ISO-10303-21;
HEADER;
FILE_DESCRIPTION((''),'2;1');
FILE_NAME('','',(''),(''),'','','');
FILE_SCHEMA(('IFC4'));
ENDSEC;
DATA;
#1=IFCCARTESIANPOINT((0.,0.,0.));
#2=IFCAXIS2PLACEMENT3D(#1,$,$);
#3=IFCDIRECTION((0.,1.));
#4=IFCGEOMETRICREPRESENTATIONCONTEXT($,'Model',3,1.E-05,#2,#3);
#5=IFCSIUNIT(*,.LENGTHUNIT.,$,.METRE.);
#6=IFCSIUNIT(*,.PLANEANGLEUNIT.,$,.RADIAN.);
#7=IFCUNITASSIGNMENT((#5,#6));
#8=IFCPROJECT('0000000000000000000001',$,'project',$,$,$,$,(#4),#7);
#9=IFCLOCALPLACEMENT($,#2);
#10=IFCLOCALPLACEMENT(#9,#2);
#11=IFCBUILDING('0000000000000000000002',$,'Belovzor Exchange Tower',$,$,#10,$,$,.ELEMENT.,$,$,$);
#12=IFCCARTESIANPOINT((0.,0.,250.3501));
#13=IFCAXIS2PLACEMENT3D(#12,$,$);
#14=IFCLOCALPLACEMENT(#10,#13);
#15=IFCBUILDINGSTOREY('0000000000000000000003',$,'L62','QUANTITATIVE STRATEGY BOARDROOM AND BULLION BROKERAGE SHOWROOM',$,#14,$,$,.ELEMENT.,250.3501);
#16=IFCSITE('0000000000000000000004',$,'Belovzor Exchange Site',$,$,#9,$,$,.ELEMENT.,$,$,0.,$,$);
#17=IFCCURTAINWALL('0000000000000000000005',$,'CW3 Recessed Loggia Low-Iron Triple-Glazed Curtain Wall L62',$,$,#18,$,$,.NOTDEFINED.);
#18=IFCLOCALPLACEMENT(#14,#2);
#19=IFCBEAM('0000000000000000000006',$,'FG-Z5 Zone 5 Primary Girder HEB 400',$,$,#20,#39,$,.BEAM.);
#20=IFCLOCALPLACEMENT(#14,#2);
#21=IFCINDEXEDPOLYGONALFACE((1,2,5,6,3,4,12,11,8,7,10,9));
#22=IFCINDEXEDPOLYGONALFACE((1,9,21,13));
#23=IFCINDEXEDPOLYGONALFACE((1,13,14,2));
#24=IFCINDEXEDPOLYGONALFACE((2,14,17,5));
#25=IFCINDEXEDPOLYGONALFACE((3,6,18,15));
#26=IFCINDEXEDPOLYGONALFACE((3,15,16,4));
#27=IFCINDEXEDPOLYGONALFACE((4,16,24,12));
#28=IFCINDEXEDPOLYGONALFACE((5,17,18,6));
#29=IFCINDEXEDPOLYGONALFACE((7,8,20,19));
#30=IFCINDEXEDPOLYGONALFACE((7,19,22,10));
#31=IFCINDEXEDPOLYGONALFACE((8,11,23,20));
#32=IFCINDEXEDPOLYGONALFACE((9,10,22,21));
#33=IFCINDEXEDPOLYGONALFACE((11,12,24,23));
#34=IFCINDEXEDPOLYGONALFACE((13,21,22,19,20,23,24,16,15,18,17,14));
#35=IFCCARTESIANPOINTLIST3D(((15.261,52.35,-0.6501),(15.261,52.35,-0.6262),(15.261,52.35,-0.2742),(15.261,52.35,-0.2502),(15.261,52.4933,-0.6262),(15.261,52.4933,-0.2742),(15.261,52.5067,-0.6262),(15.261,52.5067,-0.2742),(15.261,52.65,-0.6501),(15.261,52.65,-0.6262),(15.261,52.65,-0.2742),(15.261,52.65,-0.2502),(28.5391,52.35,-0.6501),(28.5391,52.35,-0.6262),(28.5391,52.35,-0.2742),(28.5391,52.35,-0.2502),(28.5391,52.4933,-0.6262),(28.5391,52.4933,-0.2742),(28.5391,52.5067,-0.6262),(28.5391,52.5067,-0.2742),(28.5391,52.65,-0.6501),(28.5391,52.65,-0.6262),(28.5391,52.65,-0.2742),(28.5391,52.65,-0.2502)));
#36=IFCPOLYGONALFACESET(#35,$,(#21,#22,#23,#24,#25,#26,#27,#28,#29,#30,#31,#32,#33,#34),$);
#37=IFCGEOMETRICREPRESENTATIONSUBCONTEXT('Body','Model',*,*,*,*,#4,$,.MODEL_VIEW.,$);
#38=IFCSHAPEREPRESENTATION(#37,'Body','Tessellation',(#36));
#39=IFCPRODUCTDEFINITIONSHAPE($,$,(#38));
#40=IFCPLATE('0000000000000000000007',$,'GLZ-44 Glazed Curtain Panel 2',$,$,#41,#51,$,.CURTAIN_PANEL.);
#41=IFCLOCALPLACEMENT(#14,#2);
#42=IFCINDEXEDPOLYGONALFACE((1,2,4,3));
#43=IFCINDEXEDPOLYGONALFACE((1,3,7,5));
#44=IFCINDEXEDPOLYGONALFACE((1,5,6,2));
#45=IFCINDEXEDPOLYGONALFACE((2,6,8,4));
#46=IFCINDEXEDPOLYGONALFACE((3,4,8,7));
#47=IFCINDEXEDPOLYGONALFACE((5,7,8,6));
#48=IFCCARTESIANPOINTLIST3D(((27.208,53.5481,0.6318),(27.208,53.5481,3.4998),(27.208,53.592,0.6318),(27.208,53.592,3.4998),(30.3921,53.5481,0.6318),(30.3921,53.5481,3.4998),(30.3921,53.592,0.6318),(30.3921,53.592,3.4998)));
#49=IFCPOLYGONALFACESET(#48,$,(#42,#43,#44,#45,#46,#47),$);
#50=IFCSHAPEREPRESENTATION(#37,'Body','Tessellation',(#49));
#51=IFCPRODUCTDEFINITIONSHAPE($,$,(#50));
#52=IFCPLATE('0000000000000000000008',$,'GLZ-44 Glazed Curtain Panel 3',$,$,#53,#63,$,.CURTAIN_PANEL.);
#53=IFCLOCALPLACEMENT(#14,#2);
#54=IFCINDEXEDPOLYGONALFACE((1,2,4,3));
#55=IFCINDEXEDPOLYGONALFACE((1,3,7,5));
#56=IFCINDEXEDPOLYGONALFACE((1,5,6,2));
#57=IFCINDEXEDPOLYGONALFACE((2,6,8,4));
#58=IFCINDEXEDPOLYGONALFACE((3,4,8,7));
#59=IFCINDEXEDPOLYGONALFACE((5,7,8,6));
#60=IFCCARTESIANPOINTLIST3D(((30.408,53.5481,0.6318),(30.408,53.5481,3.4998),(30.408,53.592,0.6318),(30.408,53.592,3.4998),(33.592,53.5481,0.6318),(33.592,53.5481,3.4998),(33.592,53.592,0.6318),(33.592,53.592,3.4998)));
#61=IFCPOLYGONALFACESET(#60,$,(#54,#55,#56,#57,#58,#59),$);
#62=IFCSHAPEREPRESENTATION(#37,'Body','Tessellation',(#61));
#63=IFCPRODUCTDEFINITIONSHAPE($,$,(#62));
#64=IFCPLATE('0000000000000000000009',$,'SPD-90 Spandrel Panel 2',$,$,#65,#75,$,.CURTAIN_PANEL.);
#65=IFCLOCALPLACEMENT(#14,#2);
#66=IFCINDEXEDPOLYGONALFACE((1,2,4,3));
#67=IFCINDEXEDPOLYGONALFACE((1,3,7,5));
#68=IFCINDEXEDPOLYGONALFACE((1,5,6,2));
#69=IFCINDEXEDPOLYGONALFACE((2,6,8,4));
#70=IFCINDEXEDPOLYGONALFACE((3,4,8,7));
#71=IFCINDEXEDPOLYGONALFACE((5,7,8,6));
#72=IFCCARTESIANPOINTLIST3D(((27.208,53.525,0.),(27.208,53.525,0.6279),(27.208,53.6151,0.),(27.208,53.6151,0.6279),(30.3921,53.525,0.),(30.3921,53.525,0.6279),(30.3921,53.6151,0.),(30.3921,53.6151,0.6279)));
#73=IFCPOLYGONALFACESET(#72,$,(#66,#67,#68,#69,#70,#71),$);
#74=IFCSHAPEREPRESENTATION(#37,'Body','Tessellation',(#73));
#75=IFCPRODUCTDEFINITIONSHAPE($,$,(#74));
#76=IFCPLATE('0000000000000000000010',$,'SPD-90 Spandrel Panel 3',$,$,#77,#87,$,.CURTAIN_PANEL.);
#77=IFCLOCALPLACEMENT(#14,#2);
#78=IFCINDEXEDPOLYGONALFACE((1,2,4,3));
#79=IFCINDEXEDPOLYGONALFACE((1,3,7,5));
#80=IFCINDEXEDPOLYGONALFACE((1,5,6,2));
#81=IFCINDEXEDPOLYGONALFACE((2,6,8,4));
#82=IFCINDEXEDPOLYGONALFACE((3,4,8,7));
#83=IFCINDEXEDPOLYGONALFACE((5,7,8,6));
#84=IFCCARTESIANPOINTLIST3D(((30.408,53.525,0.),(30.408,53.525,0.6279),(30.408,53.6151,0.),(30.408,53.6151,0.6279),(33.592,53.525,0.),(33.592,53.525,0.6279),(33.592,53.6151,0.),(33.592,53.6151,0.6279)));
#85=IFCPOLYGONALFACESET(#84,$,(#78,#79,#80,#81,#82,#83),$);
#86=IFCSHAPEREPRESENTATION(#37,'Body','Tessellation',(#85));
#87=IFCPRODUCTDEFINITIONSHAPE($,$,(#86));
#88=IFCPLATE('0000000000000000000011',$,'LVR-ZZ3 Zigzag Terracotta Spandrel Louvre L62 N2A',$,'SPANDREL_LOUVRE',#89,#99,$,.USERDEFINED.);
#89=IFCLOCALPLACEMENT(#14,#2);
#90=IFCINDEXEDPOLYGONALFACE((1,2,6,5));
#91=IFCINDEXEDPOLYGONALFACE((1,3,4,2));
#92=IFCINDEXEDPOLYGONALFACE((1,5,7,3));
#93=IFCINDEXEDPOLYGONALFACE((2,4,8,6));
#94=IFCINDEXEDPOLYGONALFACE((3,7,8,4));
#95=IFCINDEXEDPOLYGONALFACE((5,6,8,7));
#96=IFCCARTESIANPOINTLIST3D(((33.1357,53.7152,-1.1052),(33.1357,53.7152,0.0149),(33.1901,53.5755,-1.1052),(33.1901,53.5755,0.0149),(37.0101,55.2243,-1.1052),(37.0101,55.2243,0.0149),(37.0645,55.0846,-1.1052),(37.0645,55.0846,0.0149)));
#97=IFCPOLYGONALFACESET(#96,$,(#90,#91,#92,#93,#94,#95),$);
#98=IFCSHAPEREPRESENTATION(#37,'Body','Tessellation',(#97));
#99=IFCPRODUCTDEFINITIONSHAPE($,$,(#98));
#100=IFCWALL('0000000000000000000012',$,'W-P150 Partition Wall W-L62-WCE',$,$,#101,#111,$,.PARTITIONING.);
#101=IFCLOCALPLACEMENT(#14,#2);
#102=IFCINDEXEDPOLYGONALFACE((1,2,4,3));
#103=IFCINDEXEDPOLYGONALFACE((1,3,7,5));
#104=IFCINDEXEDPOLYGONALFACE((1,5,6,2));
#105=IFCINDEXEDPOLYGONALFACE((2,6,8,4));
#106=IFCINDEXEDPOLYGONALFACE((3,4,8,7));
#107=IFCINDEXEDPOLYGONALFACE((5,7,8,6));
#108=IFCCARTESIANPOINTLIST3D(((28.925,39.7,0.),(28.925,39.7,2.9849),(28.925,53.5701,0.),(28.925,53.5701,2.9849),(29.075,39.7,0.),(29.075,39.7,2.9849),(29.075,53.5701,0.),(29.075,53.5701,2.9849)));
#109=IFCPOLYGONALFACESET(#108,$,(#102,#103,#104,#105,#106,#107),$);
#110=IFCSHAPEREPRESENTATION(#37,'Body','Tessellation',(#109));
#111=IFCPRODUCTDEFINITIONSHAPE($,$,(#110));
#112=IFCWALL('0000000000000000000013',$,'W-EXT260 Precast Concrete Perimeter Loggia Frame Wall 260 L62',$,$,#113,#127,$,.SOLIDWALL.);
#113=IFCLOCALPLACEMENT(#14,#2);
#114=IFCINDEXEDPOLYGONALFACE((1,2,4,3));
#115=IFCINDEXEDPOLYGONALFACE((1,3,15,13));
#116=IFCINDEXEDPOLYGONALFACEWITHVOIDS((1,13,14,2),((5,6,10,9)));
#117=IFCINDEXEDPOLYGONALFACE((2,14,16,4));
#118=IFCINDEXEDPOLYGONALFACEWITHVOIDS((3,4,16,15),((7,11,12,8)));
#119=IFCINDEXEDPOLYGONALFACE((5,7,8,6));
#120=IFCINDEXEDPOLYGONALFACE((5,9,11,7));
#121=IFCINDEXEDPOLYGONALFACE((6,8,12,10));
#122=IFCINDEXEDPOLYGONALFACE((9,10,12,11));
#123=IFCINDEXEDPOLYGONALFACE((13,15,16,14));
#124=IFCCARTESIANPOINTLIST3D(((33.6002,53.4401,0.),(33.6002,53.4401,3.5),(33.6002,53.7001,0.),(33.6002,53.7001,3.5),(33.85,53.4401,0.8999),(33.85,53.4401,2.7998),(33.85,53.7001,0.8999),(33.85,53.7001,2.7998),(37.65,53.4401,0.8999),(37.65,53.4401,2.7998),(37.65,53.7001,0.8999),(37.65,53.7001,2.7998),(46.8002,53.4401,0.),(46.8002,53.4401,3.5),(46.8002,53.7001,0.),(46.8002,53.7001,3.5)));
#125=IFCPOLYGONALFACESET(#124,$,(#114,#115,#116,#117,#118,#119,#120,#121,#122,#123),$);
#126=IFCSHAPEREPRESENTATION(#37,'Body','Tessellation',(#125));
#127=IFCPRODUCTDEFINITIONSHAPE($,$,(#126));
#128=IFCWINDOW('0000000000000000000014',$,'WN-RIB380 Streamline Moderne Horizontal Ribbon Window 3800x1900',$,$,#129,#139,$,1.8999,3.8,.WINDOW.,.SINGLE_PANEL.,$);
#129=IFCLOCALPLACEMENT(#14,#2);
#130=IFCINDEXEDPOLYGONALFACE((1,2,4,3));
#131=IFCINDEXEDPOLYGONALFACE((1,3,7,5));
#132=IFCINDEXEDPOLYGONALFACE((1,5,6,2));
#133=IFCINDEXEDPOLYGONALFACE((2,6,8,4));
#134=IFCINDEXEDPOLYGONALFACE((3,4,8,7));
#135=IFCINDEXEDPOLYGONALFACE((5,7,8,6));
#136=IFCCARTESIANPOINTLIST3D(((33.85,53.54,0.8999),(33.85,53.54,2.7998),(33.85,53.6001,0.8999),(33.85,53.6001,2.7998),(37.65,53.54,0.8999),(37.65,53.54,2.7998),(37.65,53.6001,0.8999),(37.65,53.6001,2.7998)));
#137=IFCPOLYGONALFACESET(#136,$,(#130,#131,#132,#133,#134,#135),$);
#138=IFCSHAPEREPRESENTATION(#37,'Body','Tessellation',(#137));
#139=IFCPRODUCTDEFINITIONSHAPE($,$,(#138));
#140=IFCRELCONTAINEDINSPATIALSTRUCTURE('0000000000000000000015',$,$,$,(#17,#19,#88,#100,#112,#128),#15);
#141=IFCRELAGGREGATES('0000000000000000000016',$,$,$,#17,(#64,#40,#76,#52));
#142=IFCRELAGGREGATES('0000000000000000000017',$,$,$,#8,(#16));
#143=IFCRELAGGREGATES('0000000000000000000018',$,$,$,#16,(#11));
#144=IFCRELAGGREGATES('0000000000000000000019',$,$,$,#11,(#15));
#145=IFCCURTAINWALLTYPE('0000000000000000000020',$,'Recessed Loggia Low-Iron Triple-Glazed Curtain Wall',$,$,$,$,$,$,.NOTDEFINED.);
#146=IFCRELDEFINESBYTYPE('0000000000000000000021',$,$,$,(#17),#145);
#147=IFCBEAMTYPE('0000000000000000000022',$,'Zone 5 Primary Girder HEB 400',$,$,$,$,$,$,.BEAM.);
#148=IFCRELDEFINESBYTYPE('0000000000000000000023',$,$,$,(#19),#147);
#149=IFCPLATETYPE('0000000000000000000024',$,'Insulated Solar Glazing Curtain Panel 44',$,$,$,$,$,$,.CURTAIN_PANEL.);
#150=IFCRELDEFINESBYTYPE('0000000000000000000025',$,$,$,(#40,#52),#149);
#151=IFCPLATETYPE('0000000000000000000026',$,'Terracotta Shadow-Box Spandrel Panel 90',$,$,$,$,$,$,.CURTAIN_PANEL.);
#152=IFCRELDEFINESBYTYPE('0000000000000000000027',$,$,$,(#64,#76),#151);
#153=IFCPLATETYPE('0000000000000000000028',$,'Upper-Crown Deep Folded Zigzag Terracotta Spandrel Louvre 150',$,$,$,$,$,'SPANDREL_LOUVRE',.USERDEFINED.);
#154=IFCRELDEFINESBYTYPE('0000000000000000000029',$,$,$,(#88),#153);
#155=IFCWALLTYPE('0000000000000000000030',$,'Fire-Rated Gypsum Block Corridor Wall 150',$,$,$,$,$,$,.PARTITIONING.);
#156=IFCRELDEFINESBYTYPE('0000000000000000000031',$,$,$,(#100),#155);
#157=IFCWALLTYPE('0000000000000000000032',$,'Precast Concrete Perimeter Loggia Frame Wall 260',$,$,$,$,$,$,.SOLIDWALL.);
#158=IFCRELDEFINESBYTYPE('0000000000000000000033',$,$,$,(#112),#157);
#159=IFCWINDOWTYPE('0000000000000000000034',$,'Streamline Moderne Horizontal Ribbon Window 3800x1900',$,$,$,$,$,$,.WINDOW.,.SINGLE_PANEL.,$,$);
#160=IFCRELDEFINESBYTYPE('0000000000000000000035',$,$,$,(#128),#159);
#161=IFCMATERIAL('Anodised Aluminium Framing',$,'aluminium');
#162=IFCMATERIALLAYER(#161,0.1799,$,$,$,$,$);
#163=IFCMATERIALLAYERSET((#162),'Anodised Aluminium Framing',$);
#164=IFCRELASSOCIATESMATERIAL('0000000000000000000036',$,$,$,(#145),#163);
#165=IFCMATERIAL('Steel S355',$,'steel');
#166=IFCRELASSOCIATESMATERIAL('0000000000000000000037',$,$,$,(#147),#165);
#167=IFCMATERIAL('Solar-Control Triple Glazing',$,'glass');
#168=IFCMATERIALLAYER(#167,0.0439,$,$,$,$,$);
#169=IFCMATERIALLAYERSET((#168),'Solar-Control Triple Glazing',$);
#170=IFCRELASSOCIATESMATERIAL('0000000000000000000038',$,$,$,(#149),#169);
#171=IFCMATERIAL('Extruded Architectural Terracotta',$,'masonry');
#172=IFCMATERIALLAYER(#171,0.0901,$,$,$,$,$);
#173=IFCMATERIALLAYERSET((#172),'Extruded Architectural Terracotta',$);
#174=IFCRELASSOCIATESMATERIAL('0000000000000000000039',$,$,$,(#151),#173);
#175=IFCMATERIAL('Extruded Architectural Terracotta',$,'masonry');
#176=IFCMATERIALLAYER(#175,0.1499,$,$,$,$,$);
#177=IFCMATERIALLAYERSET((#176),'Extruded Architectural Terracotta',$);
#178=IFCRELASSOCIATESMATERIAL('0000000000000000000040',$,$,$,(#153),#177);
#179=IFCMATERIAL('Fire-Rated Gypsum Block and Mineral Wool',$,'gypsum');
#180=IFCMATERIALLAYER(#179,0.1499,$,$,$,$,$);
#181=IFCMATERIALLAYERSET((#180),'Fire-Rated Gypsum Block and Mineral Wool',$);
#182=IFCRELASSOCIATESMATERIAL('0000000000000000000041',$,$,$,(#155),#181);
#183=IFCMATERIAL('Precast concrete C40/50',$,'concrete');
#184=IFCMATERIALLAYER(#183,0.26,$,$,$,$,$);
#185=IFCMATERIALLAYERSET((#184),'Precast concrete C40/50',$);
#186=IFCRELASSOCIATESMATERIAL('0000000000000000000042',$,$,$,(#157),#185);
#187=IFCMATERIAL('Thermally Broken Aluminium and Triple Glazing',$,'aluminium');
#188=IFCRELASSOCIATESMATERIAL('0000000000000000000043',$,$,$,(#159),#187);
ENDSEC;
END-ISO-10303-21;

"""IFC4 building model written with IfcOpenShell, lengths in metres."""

from ifc_helpers import new_model, si_unit, direction, frame, frame_2d, origin, origin_2d, place, context, subcontext, project, spatial, rectangle, i_section, extrude, material, layer, layer_set, material_profile, profile_set, type_object, element, fill, aggregate, save


model = new_model("IFC4")

# Units and contexts
model_context = context("Model", 3, precision=1e-05, world=origin(), true_north=direction((0.0, 1.0)))
body_context = subcontext(model_context, "Body", "Model", "MODEL_VIEW")
ifc_project = project(units=[si_unit("LENGTHUNIT", "METRE"), si_unit("PLANEANGLEUNIT", "RADIAN")], contexts=[model_context])

# Site, building, storey
site_placement = place(None, origin())
site = spatial("IfcSite", under=ifc_project, at=site_placement, Name="Belovzor Exchange Site", CompositionType="ELEMENT", RefElevation=0.0)
building_placement = place(site_placement, origin())
building = spatial("IfcBuilding", under=site, at=building_placement, Name="Belovzor Exchange Tower", CompositionType="ELEMENT")
storey_placement = place(building_placement, frame((0.0, 0.0, 250.3501)))
storey = spatial("IfcBuildingStorey", under=building, at=storey_placement, Name="L62", Description="QUANTITATIVE STRATEGY BOARDROOM AND BULLION BROKERAGE SHOWROOM", CompositionType="ELEMENT", Elevation=250.3501)

# Curtain wall
ifc_material_1 = material(Name="Anodised Aluminium Framing", Category="aluminium")
ifc_layer_1 = layer(ifc_material_1, 0.1799)
ifc_layer_set_1 = layer_set([ifc_layer_1], Name="Anodised Aluminium Framing")
curtain_wall_type = type_object("IfcCurtainWallType", Name="Recessed Loggia Low-Iron Triple-Glazed Curtain Wall", PredefinedType="NOTDEFINED", material=ifc_layer_set_1)
curtain_wall_placement = place(storey_placement, origin())
curtain_wall = element("IfcCurtainWall", 1, at=curtain_wall_placement, inside=storey, type_object=curtain_wall_type, Name="CW3 Recessed Loggia Low-Iron Triple-Glazed Curtain Wall L62", PredefinedType="NOTDEFINED")

# Beam
ifc_material_2 = material(Name="Steel S355", Category="steel")
ifc_material_profile_1 = material_profile(ifc_material_2, i_section(OverallWidth=0.3, OverallDepth=0.3999, WebThickness=0.0134, FlangeThickness=0.0239, at=origin_2d()))
ifc_profile_set_1 = profile_set([ifc_material_profile_1], Name="Steel S355")
beam_type_1 = type_object("IfcBeamType", Name="Zone 5 Primary Girder HEB 400", PredefinedType="BEAM", material=ifc_profile_set_1)
beam_1_placement = place(storey_placement, frame((28.5391, 52.5, -0.4502), z_axis=(-1.0, 0.0, 0.0), x_axis=(0.0, -1.0, 0.0)))
element("IfcBeam", 2, at=beam_1_placement, inside=storey, type_object=beam_type_1, Name="FG-Z5 Zone 5 Primary Girder HEB 400", PredefinedType="BEAM", context=body_context, shape_type="SweptSolid", body=[
    extrude(i_section(OverallWidth=0.3, OverallDepth=0.3999, WebThickness=0.0134, FlangeThickness=0.0239, at=origin_2d()), origin(), (0.0, 0.0, 1.0), 13.2781),
])

# Plates
ifc_material_3 = material(Name="Solar-Control Triple Glazing", Category="glass")
ifc_layer_2 = layer(ifc_material_3, 0.0439)
ifc_layer_set_2 = layer_set([ifc_layer_2], Name="Solar-Control Triple Glazing")
plate_type_1 = type_object("IfcPlateType", Name="Insulated Solar Glazing Curtain Panel 44", PredefinedType="CURTAIN_PANEL", material=ifc_layer_set_2)
plate_1_placement = place(storey_placement, frame((28.8, 53.5701, 0.6318), z_axis=(0.0, 0.0, 1.0), x_axis=(1.0, 0.0, 0.0)))
plate_1 = element("IfcPlate", 3, at=plate_1_placement, type_object=plate_type_1, Name="GLZ-44 Glazed Curtain Panel 2", PredefinedType="CURTAIN_PANEL", context=body_context, shape_type="SweptSolid", body=[
    extrude(rectangle(XDim=3.1841, YDim=0.0439, at=origin_2d()), origin(), (0.0, 0.0, 1.0), 2.8679),
])
plate_2_placement = place(storey_placement, frame((32.0, 53.5701, 0.6318), z_axis=(0.0, 0.0, 1.0), x_axis=(1.0, 0.0, 0.0)))
plate_2 = element("IfcPlate", 4, at=plate_2_placement, type_object=plate_type_1, Name="GLZ-44 Glazed Curtain Panel 3", PredefinedType="CURTAIN_PANEL", context=body_context, shape_type="SweptSolid", body=[
    extrude(rectangle(XDim=3.1841, YDim=0.0439, at=origin_2d()), origin(), (0.0, 0.0, 1.0), 2.8679),
])
ifc_material_4 = material(Name="Extruded Architectural Terracotta", Category="masonry")
ifc_layer_3 = layer(ifc_material_4, 0.0901)
ifc_layer_set_3 = layer_set([ifc_layer_3], Name="Extruded Architectural Terracotta")
plate_type_2 = type_object("IfcPlateType", Name="Terracotta Shadow-Box Spandrel Panel 90", PredefinedType="CURTAIN_PANEL", material=ifc_layer_set_3)
plate_3_placement = place(storey_placement, frame((28.8, 53.5701, 0.0), z_axis=(0.0, 0.0, 1.0), x_axis=(1.0, 0.0, 0.0)))
plate_3 = element("IfcPlate", 5, at=plate_3_placement, type_object=plate_type_2, Name="SPD-90 Spandrel Panel 2", PredefinedType="CURTAIN_PANEL", context=body_context, shape_type="SweptSolid", body=[
    extrude(rectangle(XDim=3.1841, YDim=0.0901, at=origin_2d()), origin(), (0.0, 0.0, 1.0), 0.6279),
])
plate_4_placement = place(storey_placement, frame((32.0, 53.5701, 0.0), z_axis=(0.0, 0.0, 1.0), x_axis=(1.0, 0.0, 0.0)))
plate_4 = element("IfcPlate", 6, at=plate_4_placement, type_object=plate_type_2, Name="SPD-90 Spandrel Panel 3", PredefinedType="CURTAIN_PANEL", context=body_context, shape_type="SweptSolid", body=[
    extrude(rectangle(XDim=3.1841, YDim=0.0901, at=origin_2d()), origin(), (0.0, 0.0, 1.0), 0.6279),
])
aggregate(curtain_wall, [plate_3, plate_1, plate_4, plate_2])
ifc_material_5 = material(Name="Extruded Architectural Terracotta", Category="masonry")
ifc_layer_4 = layer(ifc_material_5, 0.1499)
ifc_layer_set_4 = layer_set([ifc_layer_4], Name="Extruded Architectural Terracotta")
plate_type_3 = type_object("IfcPlateType", Name="Upper-Crown Deep Folded Zigzag Terracotta Spandrel Louvre 150", ElementType="SPANDREL_LOUVRE", PredefinedType="USERDEFINED", material=ifc_layer_set_4)
plate_5_placement = place(storey_placement, frame((35.1001, 54.3999, -1.1052), z_axis=(0.0, 0.0, 1.0), x_axis=(0.931818, 0.362926, 0.0)))
element("IfcPlate", 7, at=plate_5_placement, inside=storey, type_object=plate_type_3, Name="LVR-ZZ3 Zigzag Terracotta Spandrel Louvre L62 N2A", ObjectType="SPANDREL_LOUVRE", PredefinedType="USERDEFINED", context=body_context, shape_type="SweptSolid", body=[
    extrude(rectangle(XDim=4.158, YDim=0.1499, at=origin_2d()), origin(), (0.0, 0.0, 1.0), 1.1201),
])

# Wall
ifc_material_6 = material(Name="Fire-Rated Gypsum Block and Mineral Wool", Category="gypsum")
ifc_layer_5 = layer(ifc_material_6, 0.1499)
ifc_layer_set_5 = layer_set([ifc_layer_5], Name="Fire-Rated Gypsum Block and Mineral Wool")
wall_type_1 = type_object("IfcWallType", Name="Fire-Rated Gypsum Block Corridor Wall 150", PredefinedType="PARTITIONING", material=ifc_layer_set_5)
wall_1_placement = place(storey_placement, frame((29.0, 39.7, 0.0), z_axis=(0.0, 0.0, 1.0), x_axis=(0.0, 1.0, 0.0)))
element("IfcWall", 8, at=wall_1_placement, inside=storey, type_object=wall_type_1, Name="W-P150 Partition Wall W-L62-WCE", PredefinedType="PARTITIONING", context=body_context, shape_type="SweptSolid", body=[
    extrude(rectangle(XDim=13.8701, YDim=0.1499, at=frame_2d((6.9351, 0.0))), origin(), (0.0, 0.0, 1.0), 2.9849),
])

# Wall, opening, window
ifc_material_7 = material(Name="Precast concrete C40/50", Category="concrete")
ifc_layer_6 = layer(ifc_material_7, 0.26)
ifc_layer_set_6 = layer_set([ifc_layer_6], Name="Precast concrete C40/50")
wall_type_2 = type_object("IfcWallType", Name="Precast Concrete Perimeter Loggia Frame Wall 260", PredefinedType="SOLIDWALL", material=ifc_layer_set_6)
wall_2_placement = place(storey_placement, frame((33.6001, 53.5701, 0.0), z_axis=(0.0, 0.0, 1.0), x_axis=(1.0, 0.0, 0.0)))
wall_2 = element("IfcWall", 9, at=wall_2_placement, inside=storey, type_object=wall_type_2, Name="W-EXT260 Precast Concrete Perimeter Loggia Frame Wall 260 L62", PredefinedType="SOLIDWALL", context=body_context, shape_type="SweptSolid", body=[
    extrude(rectangle(XDim=13.2, YDim=0.26, at=frame_2d((6.6001, 0.0))), origin(), (0.0, 0.0, 1.0), 3.5),
])
opening_placement = place(wall_2_placement, frame((0.25, 0.0, 0.8999)))
opening = element("IfcOpeningElement", 10, at=opening_placement, cuts=wall_2, PredefinedType="OPENING", context=body_context, shape_type="SweptSolid", body=[
    extrude(rectangle(XDim=3.8, YDim=1.8999, at=frame_2d((1.8999, 0.95))), frame((0.0, 0.1399, 0.0), z_axis=(0.0, -1.0, 0.0), x_axis=(1.0, 0.0, 0.0)), (0.0, 0.0, 1.0), 0.28),
])
ifc_material_8 = material(Name="Thermally Broken Aluminium and Triple Glazing", Category="aluminium")
window_type = type_object("IfcWindowType", Name="Streamline Moderne Horizontal Ribbon Window 3800x1900", PartitioningType="SINGLE_PANEL", PredefinedType="WINDOW", material=ifc_material_8)
window_placement = place(opening_placement, origin())
window = element("IfcWindow", 11, at=window_placement, inside=storey, type_object=window_type, Name="WN-RIB380 Streamline Moderne Horizontal Ribbon Window 3800x1900", OverallHeight=1.8999, OverallWidth=3.8, PartitioningType="SINGLE_PANEL", PredefinedType="WINDOW", context=body_context, shape_type="SweptSolid", body=[
    extrude(rectangle(XDim=3.8, YDim=1.8999, at=frame_2d((1.8999, 0.95))), frame((0.0, 0.03, 0.0), z_axis=(0.0, -1.0, 0.0), x_axis=(1.0, 0.0, 0.0)), (0.0, 0.0, 1.0), 0.0601),
])
fill(opening, window)

save(model, "model.ifc")
